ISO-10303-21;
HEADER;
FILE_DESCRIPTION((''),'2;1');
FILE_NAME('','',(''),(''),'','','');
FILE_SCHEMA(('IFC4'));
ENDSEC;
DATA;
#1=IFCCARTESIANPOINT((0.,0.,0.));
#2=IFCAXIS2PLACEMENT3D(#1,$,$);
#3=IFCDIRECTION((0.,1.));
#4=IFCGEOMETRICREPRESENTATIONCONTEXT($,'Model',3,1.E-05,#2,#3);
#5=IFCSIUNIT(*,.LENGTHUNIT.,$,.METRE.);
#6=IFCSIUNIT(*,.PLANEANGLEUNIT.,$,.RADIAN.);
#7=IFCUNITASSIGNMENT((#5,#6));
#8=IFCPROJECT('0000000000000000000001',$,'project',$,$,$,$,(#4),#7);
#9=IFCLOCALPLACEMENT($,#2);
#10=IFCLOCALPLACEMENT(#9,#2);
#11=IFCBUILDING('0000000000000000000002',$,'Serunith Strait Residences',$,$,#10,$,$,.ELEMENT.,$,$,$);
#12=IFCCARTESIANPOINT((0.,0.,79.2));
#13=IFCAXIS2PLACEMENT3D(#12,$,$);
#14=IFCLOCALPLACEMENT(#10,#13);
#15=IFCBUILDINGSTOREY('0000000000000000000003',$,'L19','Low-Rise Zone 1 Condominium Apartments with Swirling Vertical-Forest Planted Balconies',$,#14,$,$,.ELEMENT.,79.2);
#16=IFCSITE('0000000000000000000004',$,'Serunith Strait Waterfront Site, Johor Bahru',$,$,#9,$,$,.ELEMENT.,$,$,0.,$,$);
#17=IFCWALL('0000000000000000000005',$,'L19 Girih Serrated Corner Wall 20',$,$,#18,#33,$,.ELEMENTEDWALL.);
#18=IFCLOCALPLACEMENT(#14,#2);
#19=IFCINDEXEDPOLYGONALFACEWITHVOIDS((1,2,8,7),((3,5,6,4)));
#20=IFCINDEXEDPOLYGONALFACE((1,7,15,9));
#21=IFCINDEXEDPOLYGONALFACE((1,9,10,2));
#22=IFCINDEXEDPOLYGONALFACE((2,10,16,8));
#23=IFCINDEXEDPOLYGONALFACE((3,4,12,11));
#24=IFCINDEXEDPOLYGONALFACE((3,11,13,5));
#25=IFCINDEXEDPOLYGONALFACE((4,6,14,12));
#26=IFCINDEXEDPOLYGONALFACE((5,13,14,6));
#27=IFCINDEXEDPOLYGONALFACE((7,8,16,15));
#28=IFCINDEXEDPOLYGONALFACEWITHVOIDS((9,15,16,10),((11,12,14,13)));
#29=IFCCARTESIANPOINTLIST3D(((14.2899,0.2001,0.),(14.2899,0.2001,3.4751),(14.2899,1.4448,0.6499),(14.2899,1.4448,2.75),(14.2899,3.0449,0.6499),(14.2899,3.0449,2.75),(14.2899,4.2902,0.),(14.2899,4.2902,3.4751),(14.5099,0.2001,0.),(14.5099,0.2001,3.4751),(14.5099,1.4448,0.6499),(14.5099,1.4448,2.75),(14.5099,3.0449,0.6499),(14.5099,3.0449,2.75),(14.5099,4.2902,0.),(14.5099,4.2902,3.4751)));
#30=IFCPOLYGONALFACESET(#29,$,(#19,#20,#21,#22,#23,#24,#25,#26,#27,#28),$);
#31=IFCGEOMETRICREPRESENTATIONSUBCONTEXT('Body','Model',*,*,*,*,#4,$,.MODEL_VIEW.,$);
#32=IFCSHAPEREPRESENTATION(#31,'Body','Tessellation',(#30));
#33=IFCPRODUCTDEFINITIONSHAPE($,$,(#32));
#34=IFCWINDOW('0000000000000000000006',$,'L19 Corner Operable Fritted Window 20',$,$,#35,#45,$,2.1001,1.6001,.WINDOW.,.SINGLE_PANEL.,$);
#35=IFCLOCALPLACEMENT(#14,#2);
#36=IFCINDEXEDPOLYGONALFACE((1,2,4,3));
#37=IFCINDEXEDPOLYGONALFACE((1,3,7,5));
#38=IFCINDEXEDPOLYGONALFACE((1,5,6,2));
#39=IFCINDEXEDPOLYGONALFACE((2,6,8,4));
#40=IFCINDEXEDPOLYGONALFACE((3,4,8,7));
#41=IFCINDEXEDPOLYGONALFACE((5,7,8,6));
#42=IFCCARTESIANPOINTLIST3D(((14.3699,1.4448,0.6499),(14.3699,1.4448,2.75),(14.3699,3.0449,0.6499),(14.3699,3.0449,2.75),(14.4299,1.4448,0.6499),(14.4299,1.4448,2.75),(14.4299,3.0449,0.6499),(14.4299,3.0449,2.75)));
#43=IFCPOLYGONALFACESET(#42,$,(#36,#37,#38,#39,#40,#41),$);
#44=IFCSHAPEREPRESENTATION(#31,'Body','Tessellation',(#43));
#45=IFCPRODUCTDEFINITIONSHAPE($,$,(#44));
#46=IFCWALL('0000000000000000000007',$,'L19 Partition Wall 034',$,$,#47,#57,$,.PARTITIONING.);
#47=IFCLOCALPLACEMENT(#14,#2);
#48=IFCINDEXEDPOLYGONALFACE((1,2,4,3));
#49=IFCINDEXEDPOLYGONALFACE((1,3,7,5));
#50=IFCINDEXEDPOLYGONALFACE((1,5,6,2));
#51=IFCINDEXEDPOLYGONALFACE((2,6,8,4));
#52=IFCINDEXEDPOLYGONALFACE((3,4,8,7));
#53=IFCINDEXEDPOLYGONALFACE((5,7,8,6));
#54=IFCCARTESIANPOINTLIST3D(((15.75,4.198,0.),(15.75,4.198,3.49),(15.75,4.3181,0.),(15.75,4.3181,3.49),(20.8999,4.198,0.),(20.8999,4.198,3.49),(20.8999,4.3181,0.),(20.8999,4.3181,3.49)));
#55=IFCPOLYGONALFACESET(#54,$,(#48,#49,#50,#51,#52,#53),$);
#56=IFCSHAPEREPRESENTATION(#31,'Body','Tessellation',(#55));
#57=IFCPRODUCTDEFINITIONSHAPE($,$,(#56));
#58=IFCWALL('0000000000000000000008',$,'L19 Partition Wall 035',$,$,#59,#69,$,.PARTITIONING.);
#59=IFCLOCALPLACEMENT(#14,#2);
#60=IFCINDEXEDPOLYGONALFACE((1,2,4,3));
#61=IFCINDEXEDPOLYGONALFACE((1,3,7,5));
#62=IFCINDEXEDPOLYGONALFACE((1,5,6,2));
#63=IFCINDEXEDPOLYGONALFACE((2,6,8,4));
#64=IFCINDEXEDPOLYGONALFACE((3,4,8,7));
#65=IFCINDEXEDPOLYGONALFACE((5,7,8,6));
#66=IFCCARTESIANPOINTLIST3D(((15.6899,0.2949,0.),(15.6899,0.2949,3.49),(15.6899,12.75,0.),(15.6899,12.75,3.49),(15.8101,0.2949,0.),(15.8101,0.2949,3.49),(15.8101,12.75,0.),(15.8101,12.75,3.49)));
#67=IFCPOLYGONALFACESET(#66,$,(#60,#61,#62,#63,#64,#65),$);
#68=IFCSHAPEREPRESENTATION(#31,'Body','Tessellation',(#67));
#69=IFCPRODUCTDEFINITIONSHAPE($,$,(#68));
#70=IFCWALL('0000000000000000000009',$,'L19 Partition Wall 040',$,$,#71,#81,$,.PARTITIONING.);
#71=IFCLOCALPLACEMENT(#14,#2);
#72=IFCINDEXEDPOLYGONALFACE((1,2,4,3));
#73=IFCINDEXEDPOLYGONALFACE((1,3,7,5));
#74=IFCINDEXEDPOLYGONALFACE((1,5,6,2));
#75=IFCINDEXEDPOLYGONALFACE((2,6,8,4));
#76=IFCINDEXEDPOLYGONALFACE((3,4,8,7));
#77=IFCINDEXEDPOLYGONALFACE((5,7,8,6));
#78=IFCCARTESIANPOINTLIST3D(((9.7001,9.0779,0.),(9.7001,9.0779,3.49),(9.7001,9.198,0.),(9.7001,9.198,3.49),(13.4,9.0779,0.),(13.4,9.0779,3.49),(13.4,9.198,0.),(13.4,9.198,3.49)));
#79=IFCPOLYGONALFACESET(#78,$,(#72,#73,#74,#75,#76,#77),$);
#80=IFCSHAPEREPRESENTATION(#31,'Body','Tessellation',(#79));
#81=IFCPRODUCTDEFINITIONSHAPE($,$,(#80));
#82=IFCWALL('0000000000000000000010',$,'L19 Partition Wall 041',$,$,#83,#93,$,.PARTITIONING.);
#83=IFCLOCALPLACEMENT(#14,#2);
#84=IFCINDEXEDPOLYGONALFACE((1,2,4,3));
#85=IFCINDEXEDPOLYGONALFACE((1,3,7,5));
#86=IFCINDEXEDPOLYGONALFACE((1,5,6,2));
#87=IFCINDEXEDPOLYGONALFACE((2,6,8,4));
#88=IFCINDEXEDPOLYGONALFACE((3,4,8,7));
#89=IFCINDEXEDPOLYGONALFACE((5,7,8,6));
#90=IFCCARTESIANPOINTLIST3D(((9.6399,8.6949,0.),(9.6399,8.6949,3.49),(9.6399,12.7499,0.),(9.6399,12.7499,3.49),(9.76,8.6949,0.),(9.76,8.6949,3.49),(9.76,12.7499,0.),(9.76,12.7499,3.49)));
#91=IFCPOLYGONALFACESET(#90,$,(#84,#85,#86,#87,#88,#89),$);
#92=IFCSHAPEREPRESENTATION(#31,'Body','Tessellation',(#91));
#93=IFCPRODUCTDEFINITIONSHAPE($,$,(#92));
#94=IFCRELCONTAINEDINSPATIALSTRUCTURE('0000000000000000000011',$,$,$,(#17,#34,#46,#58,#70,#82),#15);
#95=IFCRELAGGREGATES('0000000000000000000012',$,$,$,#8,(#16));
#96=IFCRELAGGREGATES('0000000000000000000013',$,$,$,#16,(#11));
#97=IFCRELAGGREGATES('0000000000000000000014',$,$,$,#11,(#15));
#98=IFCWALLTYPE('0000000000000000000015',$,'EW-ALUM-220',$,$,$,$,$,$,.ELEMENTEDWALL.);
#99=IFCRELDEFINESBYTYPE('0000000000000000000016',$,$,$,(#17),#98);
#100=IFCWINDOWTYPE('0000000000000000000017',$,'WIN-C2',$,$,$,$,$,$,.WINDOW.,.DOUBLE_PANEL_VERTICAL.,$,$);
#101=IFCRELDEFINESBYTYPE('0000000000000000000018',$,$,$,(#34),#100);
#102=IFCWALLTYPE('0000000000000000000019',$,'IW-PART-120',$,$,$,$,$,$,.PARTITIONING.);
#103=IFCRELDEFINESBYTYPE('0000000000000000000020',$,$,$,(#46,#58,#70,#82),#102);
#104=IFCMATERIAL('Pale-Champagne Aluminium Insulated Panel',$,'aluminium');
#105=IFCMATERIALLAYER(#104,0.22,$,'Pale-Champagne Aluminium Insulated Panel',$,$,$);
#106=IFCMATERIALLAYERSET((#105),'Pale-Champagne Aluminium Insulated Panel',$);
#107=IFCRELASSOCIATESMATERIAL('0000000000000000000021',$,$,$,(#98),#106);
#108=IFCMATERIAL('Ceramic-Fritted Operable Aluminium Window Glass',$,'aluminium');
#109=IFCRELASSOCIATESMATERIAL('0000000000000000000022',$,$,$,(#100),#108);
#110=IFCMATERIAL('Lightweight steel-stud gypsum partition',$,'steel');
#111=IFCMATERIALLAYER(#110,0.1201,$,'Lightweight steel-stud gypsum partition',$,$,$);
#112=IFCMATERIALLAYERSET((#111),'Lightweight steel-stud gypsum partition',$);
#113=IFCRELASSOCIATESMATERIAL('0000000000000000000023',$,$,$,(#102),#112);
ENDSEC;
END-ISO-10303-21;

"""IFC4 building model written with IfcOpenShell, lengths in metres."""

from ifc_helpers import new_model, si_unit, direction, frame, frame_2d, origin, place, context, subcontext, project, spatial, rectangle, extrude, source, transform, mapped, material, layer, layer_set, type_object, element, fill, save


model = new_model("IFC4")

# Units and contexts
model_context = context("Model", 3, precision=1e-05, world=origin(), true_north=direction((0.0, 1.0)))
body_context = subcontext(model_context, "Body", "Model", "MODEL_VIEW")
ifc_project = project(units=[si_unit("LENGTHUNIT", "METRE"), si_unit("PLANEANGLEUNIT", "RADIAN")], contexts=[model_context])

# Site, building, storey
site_placement = place(None, origin())
site = spatial("IfcSite", under=ifc_project, at=site_placement, Name="Serunith Strait Waterfront Site, Johor Bahru", CompositionType="ELEMENT", RefElevation=0.0)
building_placement = place(site_placement, origin())
building = spatial("IfcBuilding", under=site, at=building_placement, Name="Serunith Strait Residences", CompositionType="ELEMENT")
storey_placement = place(building_placement, frame((0.0, 0.0, 79.2)))
storey = spatial("IfcBuildingStorey", under=building, at=storey_placement, Name="L19", Description="Low-Rise Zone 1 Condominium Apartments with Swirling Vertical-Forest Planted Balconies", CompositionType="ELEMENT", Elevation=79.2)

# Wall, opening, window
ifc_material_1 = material(Name="Pale-Champagne Aluminium Insulated Panel", Category="aluminium")
ifc_layer_1 = layer(ifc_material_1, 0.22, Name="Pale-Champagne Aluminium Insulated Panel")
ifc_layer_set_1 = layer_set([ifc_layer_1], Name="Pale-Champagne Aluminium Insulated Panel")
wall_type_1 = type_object("IfcWallType", Name="EW-ALUM-220", PredefinedType="ELEMENTEDWALL", material=ifc_layer_set_1)
ifc_material_2 = material(Name="Ceramic-Fritted Operable Aluminium Window Glass", Category="aluminium")
window_type = type_object("IfcWindowType", Name="WIN-C2", PartitioningType="DOUBLE_PANEL_VERTICAL", PredefinedType="WINDOW", material=ifc_material_2)
shared_shape_1 = source(origin(), body_context, "Body", "SweptSolid", [
    extrude(rectangle(XDim=1.6001, YDim=2.1001, at=frame_2d((0.8, 1.05))), frame((0.0, 0.03, 0.0), z_axis=(0.0, -1.0, 0.0), x_axis=(1.0, 0.0, 0.0)), (0.0, 0.0, 1.0), 0.0601),
])
wall_1_placement = place(storey_placement, frame((14.3999, 4.29, 0.0), z_axis=(0.0, 0.0, 1.0), x_axis=(0.0, -1.0, 0.0)))
wall_1 = element("IfcWall", 1, at=wall_1_placement, inside=storey, type_object=wall_type_1, Name="L19 Girih Serrated Corner Wall 20", PredefinedType="ELEMENTEDWALL", context=body_context, shape_type="SweptSolid", body=[
    extrude(rectangle(XDim=4.0901, YDim=0.22, at=frame_2d((2.0449, 0.0))), origin(), (0.0, 0.0, 1.0), 3.4751),
])
opening_1_placement = place(wall_1_placement, frame((1.2451, 0.0, 0.6499)))
opening_1 = element("IfcOpeningElement", 2, at=opening_1_placement, cuts=wall_1, PredefinedType="OPENING", context=body_context, shape_type="SweptSolid", body=[
    extrude(rectangle(XDim=1.6001, YDim=2.1001, at=frame_2d((0.8, 1.05))), frame((0.0, 0.1201, 0.0), z_axis=(0.0, -1.0, 0.0), x_axis=(1.0, 0.0, 0.0)), (0.0, 0.0, 1.0), 0.24),
])
window_1_placement = place(opening_1_placement, origin())
window_1 = element("IfcWindow", 3, at=window_1_placement, inside=storey, type_object=window_type, Name="L19 Corner Operable Fritted Window 20", OverallHeight=2.1001, OverallWidth=1.6001, PartitioningType="SINGLE_PANEL", PredefinedType="WINDOW", context=body_context, shape_type="MappedRepresentation", body=[
    mapped(shared_shape_1, transform((0.0, 0.0, 0.0), scale=1.0)),
])
fill(opening_1, window_1)

# Walls
ifc_material_3 = material(Name="Lightweight steel-stud gypsum partition", Category="steel")
ifc_layer_2 = layer(ifc_material_3, 0.1201, Name="Lightweight steel-stud gypsum partition")
ifc_layer_set_2 = layer_set([ifc_layer_2], Name="Lightweight steel-stud gypsum partition")
wall_type_2 = type_object("IfcWallType", Name="IW-PART-120", PredefinedType="PARTITIONING", material=ifc_layer_set_2)
wall_2_placement = place(storey_placement, frame((15.75, 4.2581, 0.0), z_axis=(0.0, 0.0, 1.0), x_axis=(1.0, 0.0, 0.0)))
element("IfcWall", 4, at=wall_2_placement, inside=storey, type_object=wall_type_2, Name="L19 Partition Wall 034", PredefinedType="PARTITIONING", context=body_context, shape_type="SweptSolid", body=[
    extrude(rectangle(XDim=5.1499, YDim=0.1201, at=frame_2d((2.575, 0.0))), origin(), (0.0, 0.0, 1.0), 3.49),
])
wall_3_placement = place(storey_placement, frame((15.75, 0.2949, 0.0), z_axis=(0.0, 0.0, 1.0), x_axis=(0.0, 1.0, 0.0)))
element("IfcWall", 5, at=wall_3_placement, inside=storey, type_object=wall_type_2, Name="L19 Partition Wall 035", PredefinedType="PARTITIONING", context=body_context, shape_type="SweptSolid", body=[
    extrude(rectangle(XDim=12.4551, YDim=0.1201, at=frame_2d((6.2275, 0.0))), origin(), (0.0, 0.0, 1.0), 3.49),
])
wall_4_placement = place(storey_placement, frame((9.7, 9.1379, 0.0), z_axis=(0.0, 0.0, 1.0), x_axis=(1.0, 0.0, 0.0)))
element("IfcWall", 6, at=wall_4_placement, inside=storey, type_object=wall_type_2, Name="L19 Partition Wall 040", PredefinedType="PARTITIONING", context=body_context, shape_type="SweptSolid", body=[
    extrude(rectangle(XDim=3.7, YDim=0.1201, at=frame_2d((1.8501, 0.0))), origin(), (0.0, 0.0, 1.0), 3.49),
])
wall_5_placement = place(storey_placement, frame((9.7, 8.6951, 0.0), z_axis=(0.0, 0.0, 1.0), x_axis=(0.0, 1.0, 0.0)))
element("IfcWall", 7, at=wall_5_placement, inside=storey, type_object=wall_type_2, Name="L19 Partition Wall 041", PredefinedType="PARTITIONING", context=body_context, shape_type="SweptSolid", body=[
    extrude(rectangle(XDim=4.0549, YDim=0.1201, at=frame_2d((2.0273, 0.0))), origin(), (0.0, 0.0, 1.0), 3.49),
])

save(model, "model.ifc")
